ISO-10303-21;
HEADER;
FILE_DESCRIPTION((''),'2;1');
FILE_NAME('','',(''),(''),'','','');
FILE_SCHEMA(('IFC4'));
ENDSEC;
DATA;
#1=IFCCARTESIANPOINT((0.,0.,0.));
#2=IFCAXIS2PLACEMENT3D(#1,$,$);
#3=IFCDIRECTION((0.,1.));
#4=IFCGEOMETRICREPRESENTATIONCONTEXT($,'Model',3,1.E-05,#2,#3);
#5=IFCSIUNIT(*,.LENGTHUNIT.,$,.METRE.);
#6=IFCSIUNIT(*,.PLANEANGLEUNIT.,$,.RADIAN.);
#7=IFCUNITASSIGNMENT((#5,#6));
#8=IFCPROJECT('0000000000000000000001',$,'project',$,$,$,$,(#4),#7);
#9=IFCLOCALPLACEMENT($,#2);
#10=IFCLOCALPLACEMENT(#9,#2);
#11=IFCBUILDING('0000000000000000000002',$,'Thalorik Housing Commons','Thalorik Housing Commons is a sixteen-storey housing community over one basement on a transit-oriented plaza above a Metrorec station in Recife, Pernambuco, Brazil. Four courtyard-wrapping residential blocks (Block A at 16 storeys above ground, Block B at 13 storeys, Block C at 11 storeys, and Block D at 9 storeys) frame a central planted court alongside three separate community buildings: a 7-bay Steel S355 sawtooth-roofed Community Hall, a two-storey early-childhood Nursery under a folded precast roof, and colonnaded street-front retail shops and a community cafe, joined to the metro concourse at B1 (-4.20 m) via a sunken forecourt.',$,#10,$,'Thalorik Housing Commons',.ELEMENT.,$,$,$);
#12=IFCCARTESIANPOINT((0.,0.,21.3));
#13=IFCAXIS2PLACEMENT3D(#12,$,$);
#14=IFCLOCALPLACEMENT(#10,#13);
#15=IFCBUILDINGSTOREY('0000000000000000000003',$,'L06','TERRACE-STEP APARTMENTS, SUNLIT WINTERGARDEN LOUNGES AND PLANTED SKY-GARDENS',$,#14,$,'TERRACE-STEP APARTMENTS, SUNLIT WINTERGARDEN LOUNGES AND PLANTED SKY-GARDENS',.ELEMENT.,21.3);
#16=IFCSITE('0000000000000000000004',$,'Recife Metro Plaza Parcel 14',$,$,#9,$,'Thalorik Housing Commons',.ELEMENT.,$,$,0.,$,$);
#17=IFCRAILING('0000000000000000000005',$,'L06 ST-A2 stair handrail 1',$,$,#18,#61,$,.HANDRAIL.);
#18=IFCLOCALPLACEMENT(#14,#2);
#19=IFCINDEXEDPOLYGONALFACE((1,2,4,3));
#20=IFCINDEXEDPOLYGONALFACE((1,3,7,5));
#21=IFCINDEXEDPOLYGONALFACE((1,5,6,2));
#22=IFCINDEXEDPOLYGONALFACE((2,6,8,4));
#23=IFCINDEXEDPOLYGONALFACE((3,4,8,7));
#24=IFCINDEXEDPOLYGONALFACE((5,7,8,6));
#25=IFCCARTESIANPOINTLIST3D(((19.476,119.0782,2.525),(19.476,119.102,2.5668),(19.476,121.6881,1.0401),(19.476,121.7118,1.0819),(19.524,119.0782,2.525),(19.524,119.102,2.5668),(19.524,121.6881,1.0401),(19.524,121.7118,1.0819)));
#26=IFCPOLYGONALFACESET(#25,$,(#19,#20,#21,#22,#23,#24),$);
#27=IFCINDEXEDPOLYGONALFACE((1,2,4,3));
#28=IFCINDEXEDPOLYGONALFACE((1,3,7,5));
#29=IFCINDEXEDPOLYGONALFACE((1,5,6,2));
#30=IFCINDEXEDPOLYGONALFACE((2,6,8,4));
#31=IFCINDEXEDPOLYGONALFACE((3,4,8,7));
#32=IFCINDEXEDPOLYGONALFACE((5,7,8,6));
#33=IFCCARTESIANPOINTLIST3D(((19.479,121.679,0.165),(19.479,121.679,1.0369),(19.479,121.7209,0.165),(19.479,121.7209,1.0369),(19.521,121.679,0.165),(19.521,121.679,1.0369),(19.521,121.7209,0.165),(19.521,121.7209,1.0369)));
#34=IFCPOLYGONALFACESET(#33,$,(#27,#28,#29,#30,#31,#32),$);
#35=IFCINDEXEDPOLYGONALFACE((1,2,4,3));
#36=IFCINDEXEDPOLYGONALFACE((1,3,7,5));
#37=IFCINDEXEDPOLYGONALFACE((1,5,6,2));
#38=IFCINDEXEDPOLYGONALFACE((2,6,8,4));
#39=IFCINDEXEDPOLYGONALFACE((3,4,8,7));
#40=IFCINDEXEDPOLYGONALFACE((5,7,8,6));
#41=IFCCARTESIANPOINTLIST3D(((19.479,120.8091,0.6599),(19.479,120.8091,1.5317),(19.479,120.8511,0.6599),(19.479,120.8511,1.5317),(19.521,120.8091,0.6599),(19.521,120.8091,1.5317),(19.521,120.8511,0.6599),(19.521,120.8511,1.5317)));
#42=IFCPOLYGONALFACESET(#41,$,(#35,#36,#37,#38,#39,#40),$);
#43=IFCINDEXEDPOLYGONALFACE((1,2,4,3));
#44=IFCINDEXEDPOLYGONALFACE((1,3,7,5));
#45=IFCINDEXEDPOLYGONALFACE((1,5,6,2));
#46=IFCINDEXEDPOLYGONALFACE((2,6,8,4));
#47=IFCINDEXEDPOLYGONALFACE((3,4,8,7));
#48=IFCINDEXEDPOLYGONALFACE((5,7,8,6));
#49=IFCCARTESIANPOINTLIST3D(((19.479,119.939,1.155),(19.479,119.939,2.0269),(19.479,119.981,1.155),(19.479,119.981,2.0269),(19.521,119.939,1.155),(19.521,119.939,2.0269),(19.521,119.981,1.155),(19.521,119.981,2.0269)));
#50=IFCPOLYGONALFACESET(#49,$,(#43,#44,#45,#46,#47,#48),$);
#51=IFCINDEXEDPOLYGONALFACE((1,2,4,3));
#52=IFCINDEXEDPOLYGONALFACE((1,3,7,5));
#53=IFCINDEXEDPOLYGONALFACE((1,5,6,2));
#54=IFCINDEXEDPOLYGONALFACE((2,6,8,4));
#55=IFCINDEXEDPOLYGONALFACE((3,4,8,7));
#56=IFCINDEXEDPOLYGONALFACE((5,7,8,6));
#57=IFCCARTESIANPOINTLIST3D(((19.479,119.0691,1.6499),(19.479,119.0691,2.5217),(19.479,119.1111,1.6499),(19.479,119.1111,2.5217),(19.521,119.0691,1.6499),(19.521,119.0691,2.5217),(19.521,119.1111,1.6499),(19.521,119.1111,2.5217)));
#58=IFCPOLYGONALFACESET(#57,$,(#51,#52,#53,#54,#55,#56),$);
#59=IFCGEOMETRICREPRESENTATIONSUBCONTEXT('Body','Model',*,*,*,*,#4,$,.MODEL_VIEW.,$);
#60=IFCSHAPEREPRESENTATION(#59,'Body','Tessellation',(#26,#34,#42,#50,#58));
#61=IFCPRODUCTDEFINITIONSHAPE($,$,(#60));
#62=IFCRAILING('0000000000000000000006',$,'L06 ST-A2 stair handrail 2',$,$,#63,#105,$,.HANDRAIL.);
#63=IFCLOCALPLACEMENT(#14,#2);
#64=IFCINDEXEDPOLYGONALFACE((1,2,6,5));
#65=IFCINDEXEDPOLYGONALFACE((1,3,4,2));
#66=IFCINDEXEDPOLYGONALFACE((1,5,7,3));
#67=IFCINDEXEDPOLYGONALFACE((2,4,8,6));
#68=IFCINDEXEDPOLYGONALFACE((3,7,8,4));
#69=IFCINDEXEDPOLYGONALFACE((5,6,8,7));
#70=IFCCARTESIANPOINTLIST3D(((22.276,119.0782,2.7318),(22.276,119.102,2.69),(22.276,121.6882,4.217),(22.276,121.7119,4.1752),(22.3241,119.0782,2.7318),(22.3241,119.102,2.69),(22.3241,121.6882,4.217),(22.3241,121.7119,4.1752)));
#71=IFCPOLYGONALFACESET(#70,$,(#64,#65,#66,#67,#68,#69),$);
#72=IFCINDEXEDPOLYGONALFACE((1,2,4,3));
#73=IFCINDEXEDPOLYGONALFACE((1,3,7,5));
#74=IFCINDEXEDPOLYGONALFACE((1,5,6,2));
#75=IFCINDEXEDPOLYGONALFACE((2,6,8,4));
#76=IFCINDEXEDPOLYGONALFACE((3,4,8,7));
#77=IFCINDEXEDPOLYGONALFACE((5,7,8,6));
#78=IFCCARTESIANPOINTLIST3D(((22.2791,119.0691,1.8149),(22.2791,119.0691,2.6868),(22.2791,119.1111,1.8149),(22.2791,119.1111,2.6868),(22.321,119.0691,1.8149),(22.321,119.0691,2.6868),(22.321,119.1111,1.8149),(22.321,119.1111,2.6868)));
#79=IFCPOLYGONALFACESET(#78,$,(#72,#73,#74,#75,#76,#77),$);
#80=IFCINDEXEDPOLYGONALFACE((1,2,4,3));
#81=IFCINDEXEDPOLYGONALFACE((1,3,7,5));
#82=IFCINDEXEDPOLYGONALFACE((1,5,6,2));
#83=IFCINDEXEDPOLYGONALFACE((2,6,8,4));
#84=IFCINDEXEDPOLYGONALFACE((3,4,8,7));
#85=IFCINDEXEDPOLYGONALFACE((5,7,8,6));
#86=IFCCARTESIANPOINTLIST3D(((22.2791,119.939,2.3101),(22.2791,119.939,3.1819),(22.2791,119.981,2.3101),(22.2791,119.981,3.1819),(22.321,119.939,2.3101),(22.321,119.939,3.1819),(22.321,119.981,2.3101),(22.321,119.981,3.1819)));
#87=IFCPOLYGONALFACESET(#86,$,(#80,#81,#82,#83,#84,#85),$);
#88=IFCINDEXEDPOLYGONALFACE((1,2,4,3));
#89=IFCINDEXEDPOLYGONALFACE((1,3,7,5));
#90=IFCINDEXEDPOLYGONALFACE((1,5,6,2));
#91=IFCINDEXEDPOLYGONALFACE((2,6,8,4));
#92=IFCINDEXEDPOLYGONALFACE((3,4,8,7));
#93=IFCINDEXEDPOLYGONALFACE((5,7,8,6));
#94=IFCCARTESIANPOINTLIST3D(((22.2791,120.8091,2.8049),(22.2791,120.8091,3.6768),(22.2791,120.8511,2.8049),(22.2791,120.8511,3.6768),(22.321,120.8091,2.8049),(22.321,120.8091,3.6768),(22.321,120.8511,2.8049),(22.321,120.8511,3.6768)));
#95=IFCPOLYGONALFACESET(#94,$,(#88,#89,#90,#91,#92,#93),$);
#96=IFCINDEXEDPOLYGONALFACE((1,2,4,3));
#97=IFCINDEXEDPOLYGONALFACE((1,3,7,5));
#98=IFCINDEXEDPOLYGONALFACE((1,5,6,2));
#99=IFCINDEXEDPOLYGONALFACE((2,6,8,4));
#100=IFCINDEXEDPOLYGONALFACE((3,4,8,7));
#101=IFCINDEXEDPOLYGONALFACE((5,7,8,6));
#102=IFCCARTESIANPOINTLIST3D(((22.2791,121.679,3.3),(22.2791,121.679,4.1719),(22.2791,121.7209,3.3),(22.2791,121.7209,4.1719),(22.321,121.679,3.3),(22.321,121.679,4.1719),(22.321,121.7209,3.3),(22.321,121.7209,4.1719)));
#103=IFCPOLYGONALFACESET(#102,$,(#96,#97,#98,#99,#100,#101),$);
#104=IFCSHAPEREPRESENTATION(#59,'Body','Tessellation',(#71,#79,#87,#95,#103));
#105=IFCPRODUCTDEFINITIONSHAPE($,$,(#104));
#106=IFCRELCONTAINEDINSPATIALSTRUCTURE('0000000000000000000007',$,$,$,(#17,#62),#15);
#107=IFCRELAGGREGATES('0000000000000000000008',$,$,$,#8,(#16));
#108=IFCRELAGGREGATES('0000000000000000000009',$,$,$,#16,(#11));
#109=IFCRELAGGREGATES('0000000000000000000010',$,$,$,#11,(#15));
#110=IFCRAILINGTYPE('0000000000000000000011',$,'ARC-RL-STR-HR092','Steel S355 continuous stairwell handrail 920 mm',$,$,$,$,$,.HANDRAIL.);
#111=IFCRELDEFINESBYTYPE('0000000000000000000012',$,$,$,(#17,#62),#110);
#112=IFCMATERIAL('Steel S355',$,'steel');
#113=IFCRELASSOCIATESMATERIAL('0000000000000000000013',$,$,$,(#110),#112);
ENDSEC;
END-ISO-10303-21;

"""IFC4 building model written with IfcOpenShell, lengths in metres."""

from ifc_helpers import new_model, si_unit, direction, frame, origin, origin_2d, place, context, subcontext, project, spatial, rectangle, extrude, material, type_object, element, save


model = new_model("IFC4")

# Units and contexts
model_context = context("Model", 3, precision=1e-05, world=origin(), true_north=direction((0.0, 1.0)))
body_context = subcontext(model_context, "Body", "Model", "MODEL_VIEW")
ifc_project = project(units=[si_unit("LENGTHUNIT", "METRE"), si_unit("PLANEANGLEUNIT", "RADIAN")], contexts=[model_context])

# Site, building, storey
site_placement = place(None, origin())
site = spatial("IfcSite", under=ifc_project, at=site_placement, Name="Recife Metro Plaza Parcel 14", LongName="Thalorik Housing Commons", CompositionType="ELEMENT", RefElevation=0.0)
building_placement = place(site_placement, origin())
building = spatial("IfcBuilding", under=site, at=building_placement, Name="Thalorik Housing Commons", Description="Thalorik Housing Commons is a sixteen-storey housing community over one basement on a transit-oriented plaza above a Metrorec station in Recife, Pernambuco, Brazil. Four courtyard-wrapping residential blocks (Block A at 16 storeys above ground, Block B at 13 storeys, Block C at 11 storeys, and Block D at 9 storeys) frame a central planted court alongside three separate community buildings: a 7-bay Steel S355 sawtooth-roofed Community Hall, a two-storey early-childhood Nursery under a folded precast roof, and colonnaded street-front retail shops and a community cafe, joined to the metro concourse at B1 (-4.20 m) via a sunken forecourt.", LongName="Thalorik Housing Commons", CompositionType="ELEMENT")
storey_placement = place(building_placement, frame((0.0, 0.0, 21.3)))
storey = spatial("IfcBuildingStorey", under=building, at=storey_placement, Name="L06", Description="TERRACE-STEP APARTMENTS, SUNLIT WINTERGARDEN LOUNGES AND PLANTED SKY-GARDENS", LongName="TERRACE-STEP APARTMENTS, SUNLIT WINTERGARDEN LOUNGES AND PLANTED SKY-GARDENS", CompositionType="ELEMENT", Elevation=21.3)

# Shared definitions
ifc_material_1 = material(Name="Steel S355", Category="steel")

# Railings
railing_type_1 = type_object("IfcRailingType", Name="ARC-RL-STR-HR092", Description="Steel S355 continuous stairwell handrail 920 mm", PredefinedType="HANDRAIL", material=ifc_material_1)
railing_1_placement = place(storey_placement, frame((19.5, 121.7, 0.165)))
element("IfcRailing", 1, at=railing_1_placement, inside=storey, type_object=railing_type_1, Name="L06 ST-A2 stair handrail 1", PredefinedType="HANDRAIL", context=body_context, shape_type="SweptSolid", body=[
    extrude(rectangle(XDim=0.0481, YDim=0.0481, at=origin_2d()), frame((0.0, 0.0, 0.896), z_axis=(0.0, -0.869172, 0.494509), x_axis=(1.0, 0.0, 0.0)), (0.0, 0.0, 1.0), 3.0027),
    extrude(rectangle(XDim=0.042, YDim=0.042, at=origin_2d()), origin(), (0.0, 0.0, 1.0), 0.8718),
    extrude(rectangle(XDim=0.042, YDim=0.042, at=origin_2d()), frame((0.0, -0.8699, 0.4949)), (0.0, 0.0, 1.0), 0.8718),
    extrude(rectangle(XDim=0.042, YDim=0.042, at=origin_2d()), frame((0.0, -1.74, 0.99)), (0.0, 0.0, 1.0), 0.8718),
    extrude(rectangle(XDim=0.042, YDim=0.042, at=origin_2d()), frame((0.0, -2.6099, 1.4849)), (0.0, 0.0, 1.0), 0.8718),
])
railing_2_placement = place(storey_placement, frame((22.3, 119.0901, 1.8149)))
element("IfcRailing", 2, at=railing_2_placement, inside=storey, type_object=railing_type_1, Name="L06 ST-A2 stair handrail 2", PredefinedType="HANDRAIL", context=body_context, shape_type="SweptSolid", body=[
    extrude(rectangle(XDim=0.0481, YDim=0.0481, at=origin_2d()), frame((0.0, 0.0, 0.896), z_axis=(0.0, 0.869137, 0.494571), x_axis=(-1.0, 0.0, 0.0)), (0.0, 0.0, 1.0), 3.0029),
    extrude(rectangle(XDim=0.042, YDim=0.042, at=origin_2d()), origin(), (0.0, 0.0, 1.0), 0.8718),
    extrude(rectangle(XDim=0.042, YDim=0.042, at=origin_2d()), frame((0.0, 0.8699, 0.4951)), (0.0, 0.0, 1.0), 0.8718),
    extrude(rectangle(XDim=0.042, YDim=0.042, at=origin_2d()), frame((0.0, 1.74, 0.99)), (0.0, 0.0, 1.0), 0.8718),
    extrude(rectangle(XDim=0.042, YDim=0.042, at=origin_2d()), frame((0.0, 2.6099, 1.4851)), (0.0, 0.0, 1.0), 0.8718),
])

save(model, "model.ifc")
